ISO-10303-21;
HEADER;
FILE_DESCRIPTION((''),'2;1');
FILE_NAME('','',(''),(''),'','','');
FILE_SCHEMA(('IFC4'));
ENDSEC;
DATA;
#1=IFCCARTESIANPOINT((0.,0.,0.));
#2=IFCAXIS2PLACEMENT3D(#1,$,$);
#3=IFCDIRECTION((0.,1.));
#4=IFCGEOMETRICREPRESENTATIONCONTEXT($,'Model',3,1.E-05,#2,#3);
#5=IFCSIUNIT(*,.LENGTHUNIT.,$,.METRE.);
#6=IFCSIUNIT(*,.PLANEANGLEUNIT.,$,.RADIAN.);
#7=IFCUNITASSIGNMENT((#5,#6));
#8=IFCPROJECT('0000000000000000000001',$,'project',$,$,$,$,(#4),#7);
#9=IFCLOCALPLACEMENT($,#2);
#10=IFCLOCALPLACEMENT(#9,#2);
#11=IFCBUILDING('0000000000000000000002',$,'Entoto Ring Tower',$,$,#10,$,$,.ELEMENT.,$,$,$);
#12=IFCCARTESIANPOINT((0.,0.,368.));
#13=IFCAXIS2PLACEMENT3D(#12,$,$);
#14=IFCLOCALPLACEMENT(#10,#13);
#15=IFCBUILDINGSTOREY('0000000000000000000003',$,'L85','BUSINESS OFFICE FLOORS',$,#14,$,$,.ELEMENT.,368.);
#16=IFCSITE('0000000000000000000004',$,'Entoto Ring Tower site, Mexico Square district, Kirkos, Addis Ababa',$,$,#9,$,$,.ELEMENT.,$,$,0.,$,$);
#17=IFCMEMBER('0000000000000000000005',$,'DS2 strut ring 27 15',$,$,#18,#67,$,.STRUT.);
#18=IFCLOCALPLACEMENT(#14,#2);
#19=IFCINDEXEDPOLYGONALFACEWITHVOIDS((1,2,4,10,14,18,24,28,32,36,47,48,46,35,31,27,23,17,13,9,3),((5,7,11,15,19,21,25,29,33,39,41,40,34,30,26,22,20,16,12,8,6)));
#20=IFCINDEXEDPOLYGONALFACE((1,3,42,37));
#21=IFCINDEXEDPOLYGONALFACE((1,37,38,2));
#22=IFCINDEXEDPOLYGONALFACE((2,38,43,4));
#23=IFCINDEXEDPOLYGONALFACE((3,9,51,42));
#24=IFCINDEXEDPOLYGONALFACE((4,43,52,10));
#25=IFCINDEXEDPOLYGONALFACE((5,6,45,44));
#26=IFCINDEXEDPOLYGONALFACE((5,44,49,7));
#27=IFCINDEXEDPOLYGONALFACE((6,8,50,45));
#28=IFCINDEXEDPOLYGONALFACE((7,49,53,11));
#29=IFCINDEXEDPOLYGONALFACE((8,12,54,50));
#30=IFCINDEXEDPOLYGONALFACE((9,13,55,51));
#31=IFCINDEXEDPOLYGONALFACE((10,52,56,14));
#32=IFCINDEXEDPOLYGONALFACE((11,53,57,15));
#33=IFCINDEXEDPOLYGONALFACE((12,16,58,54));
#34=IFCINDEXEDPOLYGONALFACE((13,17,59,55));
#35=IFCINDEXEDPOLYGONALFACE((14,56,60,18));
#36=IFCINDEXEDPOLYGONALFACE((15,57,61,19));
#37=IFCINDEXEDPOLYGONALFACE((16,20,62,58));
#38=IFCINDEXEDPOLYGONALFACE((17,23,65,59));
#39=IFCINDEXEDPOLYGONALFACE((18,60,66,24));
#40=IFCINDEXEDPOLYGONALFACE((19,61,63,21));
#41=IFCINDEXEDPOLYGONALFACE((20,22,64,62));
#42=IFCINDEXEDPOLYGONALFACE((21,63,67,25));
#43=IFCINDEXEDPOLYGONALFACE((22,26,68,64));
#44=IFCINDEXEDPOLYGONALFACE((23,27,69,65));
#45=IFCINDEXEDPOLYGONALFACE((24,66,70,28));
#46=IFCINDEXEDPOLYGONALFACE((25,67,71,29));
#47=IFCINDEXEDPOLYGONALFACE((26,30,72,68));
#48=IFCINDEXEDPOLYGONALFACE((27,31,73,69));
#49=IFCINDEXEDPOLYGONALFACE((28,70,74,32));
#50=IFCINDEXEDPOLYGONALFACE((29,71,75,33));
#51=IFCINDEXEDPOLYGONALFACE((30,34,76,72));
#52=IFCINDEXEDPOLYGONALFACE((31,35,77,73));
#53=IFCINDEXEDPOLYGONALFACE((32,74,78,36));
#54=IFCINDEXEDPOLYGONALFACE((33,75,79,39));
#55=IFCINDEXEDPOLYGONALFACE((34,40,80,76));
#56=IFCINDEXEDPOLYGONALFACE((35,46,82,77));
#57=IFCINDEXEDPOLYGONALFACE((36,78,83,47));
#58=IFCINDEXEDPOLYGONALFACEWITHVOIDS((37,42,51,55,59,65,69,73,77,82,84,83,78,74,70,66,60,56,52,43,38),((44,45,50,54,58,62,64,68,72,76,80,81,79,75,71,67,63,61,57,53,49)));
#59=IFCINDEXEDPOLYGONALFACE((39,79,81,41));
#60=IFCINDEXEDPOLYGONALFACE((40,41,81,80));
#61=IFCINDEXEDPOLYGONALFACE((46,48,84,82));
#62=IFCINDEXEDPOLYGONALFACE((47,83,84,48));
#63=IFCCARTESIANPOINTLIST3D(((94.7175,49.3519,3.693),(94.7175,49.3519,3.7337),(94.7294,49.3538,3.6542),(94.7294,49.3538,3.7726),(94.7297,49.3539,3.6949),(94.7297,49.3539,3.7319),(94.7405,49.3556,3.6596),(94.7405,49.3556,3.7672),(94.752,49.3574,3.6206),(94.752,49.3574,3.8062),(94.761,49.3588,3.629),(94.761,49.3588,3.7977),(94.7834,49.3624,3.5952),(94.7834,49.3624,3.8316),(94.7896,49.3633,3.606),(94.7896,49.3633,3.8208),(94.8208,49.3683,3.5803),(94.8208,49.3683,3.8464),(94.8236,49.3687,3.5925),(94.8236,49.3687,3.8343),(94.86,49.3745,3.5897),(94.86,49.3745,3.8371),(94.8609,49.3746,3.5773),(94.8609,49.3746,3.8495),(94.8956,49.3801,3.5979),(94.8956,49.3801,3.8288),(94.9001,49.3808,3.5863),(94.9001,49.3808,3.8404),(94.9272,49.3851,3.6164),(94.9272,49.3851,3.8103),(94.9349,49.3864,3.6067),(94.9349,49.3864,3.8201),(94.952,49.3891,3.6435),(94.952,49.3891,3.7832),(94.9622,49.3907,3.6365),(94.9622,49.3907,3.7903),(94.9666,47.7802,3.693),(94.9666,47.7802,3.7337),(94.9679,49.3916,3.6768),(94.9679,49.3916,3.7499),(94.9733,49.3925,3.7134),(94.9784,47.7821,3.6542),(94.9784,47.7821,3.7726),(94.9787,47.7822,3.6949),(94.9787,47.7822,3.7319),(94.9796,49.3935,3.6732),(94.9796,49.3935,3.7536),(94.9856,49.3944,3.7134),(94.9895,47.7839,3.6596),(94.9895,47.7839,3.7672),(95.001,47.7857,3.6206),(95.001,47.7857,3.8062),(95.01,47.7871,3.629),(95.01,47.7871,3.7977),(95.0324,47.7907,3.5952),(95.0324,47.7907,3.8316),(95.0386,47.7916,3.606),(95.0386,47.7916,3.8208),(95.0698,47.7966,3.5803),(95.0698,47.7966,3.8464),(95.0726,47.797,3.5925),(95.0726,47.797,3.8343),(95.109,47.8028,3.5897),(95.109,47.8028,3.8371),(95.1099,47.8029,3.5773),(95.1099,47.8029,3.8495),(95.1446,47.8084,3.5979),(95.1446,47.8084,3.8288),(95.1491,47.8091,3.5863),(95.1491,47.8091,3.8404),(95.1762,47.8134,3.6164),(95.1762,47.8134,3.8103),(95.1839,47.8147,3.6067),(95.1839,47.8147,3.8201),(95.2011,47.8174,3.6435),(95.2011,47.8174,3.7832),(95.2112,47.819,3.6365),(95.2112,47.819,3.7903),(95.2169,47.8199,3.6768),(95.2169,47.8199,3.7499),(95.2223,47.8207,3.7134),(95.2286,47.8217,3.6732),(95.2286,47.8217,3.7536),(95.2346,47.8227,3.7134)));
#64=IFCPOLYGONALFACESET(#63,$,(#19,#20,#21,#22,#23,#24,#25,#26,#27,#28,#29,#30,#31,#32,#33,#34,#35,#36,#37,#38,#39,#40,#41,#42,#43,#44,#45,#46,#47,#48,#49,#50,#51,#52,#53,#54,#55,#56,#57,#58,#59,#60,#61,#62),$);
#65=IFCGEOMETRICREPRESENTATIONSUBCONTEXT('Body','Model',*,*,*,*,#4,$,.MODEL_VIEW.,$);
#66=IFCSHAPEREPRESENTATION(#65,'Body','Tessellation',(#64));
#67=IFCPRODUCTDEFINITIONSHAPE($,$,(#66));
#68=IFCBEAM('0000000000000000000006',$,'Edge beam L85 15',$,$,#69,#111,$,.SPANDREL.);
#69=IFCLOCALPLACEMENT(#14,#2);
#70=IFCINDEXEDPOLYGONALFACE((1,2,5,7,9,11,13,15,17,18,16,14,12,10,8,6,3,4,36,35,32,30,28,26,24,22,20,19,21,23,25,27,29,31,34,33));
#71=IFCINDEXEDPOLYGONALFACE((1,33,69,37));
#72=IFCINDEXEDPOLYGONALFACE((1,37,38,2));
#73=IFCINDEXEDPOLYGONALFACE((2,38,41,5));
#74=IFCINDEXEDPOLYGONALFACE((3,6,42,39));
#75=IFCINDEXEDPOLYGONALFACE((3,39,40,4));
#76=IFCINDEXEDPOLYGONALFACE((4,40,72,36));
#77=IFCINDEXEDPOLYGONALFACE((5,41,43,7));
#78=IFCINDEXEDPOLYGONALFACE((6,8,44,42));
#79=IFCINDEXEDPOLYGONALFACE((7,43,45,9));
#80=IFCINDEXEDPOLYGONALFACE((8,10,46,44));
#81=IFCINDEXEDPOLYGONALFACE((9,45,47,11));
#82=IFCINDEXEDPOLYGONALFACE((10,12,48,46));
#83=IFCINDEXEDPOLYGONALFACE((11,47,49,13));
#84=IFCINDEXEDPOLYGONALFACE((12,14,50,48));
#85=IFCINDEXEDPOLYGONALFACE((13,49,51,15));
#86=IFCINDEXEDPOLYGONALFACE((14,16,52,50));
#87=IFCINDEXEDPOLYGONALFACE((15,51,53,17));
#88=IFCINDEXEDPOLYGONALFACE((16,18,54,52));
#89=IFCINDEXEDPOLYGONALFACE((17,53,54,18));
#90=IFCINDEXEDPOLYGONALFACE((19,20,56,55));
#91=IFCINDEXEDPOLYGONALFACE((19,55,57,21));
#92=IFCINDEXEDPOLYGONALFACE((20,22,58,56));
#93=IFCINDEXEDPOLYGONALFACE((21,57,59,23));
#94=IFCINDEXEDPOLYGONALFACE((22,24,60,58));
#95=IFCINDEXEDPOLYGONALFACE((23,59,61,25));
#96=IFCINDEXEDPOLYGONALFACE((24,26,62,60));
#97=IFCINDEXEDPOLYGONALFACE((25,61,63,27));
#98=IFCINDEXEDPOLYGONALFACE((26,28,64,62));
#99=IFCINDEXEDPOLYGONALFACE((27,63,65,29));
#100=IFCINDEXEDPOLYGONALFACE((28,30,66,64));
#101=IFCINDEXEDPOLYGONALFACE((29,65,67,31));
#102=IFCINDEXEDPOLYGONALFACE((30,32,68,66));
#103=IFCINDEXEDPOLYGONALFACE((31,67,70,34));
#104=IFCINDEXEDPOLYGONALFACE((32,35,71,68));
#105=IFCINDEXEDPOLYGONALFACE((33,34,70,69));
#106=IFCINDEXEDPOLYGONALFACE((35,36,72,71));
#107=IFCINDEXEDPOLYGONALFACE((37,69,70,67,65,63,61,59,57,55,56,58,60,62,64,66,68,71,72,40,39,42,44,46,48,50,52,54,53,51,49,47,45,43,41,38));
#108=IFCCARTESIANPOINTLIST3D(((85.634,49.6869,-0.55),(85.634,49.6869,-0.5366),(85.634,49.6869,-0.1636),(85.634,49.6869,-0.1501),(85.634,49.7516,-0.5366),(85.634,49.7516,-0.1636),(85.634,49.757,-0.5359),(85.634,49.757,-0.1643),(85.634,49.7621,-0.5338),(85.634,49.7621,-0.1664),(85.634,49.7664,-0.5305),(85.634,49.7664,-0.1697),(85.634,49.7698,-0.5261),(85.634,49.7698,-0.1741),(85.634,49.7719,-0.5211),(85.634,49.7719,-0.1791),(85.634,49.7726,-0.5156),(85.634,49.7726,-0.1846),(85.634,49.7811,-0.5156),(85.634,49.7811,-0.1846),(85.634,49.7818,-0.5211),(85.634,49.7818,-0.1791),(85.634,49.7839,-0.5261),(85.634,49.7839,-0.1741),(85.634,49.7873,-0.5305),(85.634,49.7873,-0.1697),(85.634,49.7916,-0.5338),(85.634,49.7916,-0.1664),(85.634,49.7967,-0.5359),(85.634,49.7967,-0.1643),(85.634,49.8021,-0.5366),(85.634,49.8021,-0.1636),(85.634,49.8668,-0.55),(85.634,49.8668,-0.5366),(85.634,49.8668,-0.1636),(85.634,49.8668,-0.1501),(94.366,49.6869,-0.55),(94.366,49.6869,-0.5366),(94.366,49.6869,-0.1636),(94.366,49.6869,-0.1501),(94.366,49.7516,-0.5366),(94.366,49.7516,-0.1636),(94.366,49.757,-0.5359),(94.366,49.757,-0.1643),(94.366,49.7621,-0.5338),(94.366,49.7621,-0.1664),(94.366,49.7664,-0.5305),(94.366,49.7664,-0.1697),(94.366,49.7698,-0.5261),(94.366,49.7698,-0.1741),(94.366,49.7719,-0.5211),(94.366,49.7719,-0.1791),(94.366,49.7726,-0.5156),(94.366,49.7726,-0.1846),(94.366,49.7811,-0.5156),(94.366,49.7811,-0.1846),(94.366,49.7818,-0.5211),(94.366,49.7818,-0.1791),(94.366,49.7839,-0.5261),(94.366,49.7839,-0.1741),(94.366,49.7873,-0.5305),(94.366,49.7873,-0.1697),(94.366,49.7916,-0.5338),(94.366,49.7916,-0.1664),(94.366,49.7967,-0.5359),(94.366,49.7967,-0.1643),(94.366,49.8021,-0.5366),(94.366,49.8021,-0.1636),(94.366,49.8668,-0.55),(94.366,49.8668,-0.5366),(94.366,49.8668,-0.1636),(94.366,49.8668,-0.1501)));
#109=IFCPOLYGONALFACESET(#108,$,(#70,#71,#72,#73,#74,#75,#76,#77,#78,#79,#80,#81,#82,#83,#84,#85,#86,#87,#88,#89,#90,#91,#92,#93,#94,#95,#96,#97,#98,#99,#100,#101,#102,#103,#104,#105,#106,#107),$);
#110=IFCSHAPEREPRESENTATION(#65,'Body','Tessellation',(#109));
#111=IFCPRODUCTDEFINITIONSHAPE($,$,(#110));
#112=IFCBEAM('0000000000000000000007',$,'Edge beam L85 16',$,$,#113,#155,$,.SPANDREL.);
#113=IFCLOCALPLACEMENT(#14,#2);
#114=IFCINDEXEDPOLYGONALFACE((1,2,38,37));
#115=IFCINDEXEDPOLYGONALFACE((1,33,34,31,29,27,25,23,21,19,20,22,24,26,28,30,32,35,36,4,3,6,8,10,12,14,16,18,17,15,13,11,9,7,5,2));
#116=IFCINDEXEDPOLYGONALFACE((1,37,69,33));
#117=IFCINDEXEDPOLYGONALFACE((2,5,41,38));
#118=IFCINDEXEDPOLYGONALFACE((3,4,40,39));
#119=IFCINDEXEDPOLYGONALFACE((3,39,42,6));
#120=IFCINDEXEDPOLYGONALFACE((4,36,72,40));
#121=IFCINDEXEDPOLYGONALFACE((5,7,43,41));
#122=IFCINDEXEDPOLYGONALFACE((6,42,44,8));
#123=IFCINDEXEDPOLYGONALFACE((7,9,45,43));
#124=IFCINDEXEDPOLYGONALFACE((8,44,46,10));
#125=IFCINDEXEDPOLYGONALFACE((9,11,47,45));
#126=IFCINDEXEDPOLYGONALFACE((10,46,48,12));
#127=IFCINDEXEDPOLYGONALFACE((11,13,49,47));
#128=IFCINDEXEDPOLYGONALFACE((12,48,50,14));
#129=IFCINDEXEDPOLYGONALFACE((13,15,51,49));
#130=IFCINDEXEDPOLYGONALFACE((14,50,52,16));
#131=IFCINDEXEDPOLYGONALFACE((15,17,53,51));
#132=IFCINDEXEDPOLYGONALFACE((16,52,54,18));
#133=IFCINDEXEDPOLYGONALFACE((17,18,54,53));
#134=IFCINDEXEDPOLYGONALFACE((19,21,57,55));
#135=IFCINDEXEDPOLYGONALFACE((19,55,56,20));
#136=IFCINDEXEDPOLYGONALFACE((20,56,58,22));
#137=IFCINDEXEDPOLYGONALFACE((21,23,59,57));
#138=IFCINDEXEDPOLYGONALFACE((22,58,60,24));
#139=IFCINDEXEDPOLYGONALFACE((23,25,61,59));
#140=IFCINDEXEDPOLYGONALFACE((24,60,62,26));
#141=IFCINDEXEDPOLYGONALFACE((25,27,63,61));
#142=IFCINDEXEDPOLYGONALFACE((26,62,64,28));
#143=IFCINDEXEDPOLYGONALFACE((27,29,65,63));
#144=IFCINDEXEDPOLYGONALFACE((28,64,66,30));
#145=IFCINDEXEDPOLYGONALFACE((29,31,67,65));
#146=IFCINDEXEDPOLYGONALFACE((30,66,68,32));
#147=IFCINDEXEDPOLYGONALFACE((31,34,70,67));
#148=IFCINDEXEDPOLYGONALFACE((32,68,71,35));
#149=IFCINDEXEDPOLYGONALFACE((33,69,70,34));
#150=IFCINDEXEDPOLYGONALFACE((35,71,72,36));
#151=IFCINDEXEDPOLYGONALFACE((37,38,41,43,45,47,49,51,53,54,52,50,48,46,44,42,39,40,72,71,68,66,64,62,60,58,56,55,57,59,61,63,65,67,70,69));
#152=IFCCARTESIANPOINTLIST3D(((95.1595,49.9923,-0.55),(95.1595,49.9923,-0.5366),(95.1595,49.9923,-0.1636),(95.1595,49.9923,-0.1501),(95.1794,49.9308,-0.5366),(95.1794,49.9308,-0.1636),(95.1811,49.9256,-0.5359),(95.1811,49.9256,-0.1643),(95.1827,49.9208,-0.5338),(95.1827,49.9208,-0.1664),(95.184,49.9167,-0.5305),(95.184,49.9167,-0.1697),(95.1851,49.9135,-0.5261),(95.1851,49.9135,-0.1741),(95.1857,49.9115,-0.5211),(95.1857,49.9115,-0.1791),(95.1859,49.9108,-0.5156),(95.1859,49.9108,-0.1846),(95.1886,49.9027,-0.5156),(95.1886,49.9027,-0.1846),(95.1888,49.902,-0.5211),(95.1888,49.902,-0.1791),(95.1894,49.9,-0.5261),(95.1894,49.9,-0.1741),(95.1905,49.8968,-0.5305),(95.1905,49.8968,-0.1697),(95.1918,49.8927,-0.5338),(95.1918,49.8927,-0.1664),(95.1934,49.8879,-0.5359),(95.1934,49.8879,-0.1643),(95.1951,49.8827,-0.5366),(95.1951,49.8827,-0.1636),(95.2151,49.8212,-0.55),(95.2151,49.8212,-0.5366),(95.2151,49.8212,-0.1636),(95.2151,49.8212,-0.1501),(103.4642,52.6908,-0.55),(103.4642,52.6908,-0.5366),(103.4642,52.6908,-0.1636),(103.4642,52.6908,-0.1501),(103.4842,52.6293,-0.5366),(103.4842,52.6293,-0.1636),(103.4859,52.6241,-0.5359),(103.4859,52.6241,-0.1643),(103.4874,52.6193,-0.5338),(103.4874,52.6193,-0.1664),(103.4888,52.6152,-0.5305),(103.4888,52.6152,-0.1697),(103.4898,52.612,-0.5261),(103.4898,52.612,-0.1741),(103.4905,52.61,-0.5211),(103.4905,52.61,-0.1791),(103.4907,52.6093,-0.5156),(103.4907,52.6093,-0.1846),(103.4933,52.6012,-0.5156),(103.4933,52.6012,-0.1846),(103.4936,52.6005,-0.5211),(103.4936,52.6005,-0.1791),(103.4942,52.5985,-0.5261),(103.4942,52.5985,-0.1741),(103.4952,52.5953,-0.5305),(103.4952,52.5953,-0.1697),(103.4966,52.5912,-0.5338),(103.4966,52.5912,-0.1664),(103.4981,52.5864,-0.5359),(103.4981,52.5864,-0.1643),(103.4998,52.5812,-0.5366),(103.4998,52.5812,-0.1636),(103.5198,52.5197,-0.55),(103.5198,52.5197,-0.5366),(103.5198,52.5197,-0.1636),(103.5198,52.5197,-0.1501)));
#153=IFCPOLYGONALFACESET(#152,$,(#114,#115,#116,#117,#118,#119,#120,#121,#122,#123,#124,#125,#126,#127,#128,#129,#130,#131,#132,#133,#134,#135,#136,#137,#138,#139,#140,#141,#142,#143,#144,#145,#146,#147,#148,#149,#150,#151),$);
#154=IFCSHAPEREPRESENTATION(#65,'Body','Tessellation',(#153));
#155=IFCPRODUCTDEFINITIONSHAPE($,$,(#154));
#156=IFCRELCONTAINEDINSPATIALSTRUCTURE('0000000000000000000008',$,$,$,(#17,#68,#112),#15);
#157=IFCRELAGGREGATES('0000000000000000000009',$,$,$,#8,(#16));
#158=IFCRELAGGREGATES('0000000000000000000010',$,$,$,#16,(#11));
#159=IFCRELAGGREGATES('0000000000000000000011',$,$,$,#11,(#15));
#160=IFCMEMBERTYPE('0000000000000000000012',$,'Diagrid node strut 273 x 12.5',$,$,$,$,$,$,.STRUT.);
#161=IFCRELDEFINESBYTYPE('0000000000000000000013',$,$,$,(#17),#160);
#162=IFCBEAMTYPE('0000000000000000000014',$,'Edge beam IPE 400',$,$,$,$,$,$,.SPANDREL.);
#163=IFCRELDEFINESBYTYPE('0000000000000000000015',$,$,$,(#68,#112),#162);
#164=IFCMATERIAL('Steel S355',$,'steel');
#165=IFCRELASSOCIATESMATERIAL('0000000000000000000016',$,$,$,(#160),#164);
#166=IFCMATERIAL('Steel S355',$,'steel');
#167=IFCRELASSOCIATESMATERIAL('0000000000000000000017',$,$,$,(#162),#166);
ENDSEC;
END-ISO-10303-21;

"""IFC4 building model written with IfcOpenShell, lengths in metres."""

from ifc_helpers import new_model, si_unit, direction, frame, origin, origin_2d, place, context, subcontext, project, spatial, circle, hollow_circle, i_section, extrude, material, material_profile, profile_set, type_object, element, save


model = new_model("IFC4")

# Units and contexts
model_context = context("Model", 3, precision=1e-05, world=origin(), true_north=direction((0.0, 1.0)))
body_context = subcontext(model_context, "Body", "Model", "MODEL_VIEW")
ifc_project = project(units=[si_unit("LENGTHUNIT", "METRE"), si_unit("PLANEANGLEUNIT", "RADIAN")], contexts=[model_context])

# Site, building, storey
site_placement = place(None, origin())
site = spatial("IfcSite", under=ifc_project, at=site_placement, Name="Entoto Ring Tower site, Mexico Square district, Kirkos, Addis Ababa", CompositionType="ELEMENT", RefElevation=0.0)
building_placement = place(site_placement, origin())
building = spatial("IfcBuilding", under=site, at=building_placement, Name="Entoto Ring Tower", CompositionType="ELEMENT")
storey_placement = place(building_placement, frame((0.0, 0.0, 368.0)))
storey = spatial("IfcBuildingStorey", under=building, at=storey_placement, Name="L85", Description="BUSINESS OFFICE FLOORS", CompositionType="ELEMENT", Elevation=368.0)

# Member
ifc_material_1 = material(Name="Steel S355", Category="steel")
ifc_material_profile_1 = material_profile(ifc_material_1, hollow_circle(Radius=0.1365, WallThickness=0.0125, at=origin_2d()), Name="CHS 273 x 12.5")
ifc_material_2 = material(Name="Concrete C60/75", Category="concrete")
ifc_material_profile_2 = material_profile(ifc_material_2, circle(Radius=0.124, at=origin_2d()), Name="Concrete C60/75 infill")
ifc_profile_set_1 = profile_set([ifc_material_profile_1, ifc_material_profile_2], Name="Steel S355")
member_type = type_object("IfcMemberType", Name="Diagrid node strut 273 x 12.5", PredefinedType="STRUT", material=ifc_profile_set_1)
member_placement = place(storey_placement, frame((94.8508, 49.373, 3.7134), z_axis=(0.156483, -0.987681, 0.0), x_axis=(0.987681, 0.156483, 0.0)))
element("IfcMember", 1, at=member_placement, inside=storey, type_object=member_type, Name="DS2 strut ring 27 15", PredefinedType="STRUT", context=body_context, shape_type="SweptSolid", body=[
    extrude(hollow_circle(Radius=0.1365, WallThickness=0.0125, at=origin_2d()), origin(), (0.0, 0.0, 1.0), 1.5913),
])

# Beams
ifc_material_3 = material(Name="Steel S355", Category="steel")
ifc_material_profile_3 = material_profile(ifc_material_3, i_section(OverallWidth=0.1799, OverallDepth=0.3999, WebThickness=0.0085, FlangeThickness=0.0134, FilletRadius=0.021, at=origin_2d()), Name="IPE 400")
ifc_profile_set_2 = profile_set([ifc_material_profile_3], Name="Steel S355")
beam_type_1 = type_object("IfcBeamType", Name="Edge beam IPE 400", PredefinedType="SPANDREL", material=ifc_profile_set_2)
beam_1_placement = place(storey_placement, frame((85.634, 49.7769, -0.3501), z_axis=(1.0, 0.0, 0.0), x_axis=(0.0, 1.0, 0.0)))
element("IfcBeam", 2, at=beam_1_placement, inside=storey, type_object=beam_type_1, Name="Edge beam L85 15", PredefinedType="SPANDREL", context=body_context, shape_type="SweptSolid", body=[
    extrude(i_section(OverallWidth=0.1799, OverallDepth=0.3999, WebThickness=0.0085, FlangeThickness=0.0134, FilletRadius=0.021, at=origin_2d()), origin(), (0.0, 0.0, 1.0), 8.7319),
])
beam_2_placement = place(storey_placement, frame((95.1873, 49.9067, -0.3501), z_axis=(0.951052, 0.30903, 0.0), x_axis=(-0.30903, 0.951052, 0.0)))
element("IfcBeam", 3, at=beam_2_placement, inside=storey, type_object=beam_type_1, Name="Edge beam L85 16", PredefinedType="SPANDREL", context=body_context, shape_type="SweptSolid", body=[
    extrude(i_section(OverallWidth=0.1799, OverallDepth=0.3999, WebThickness=0.0085, FlangeThickness=0.0134, FilletRadius=0.021, at=origin_2d()), origin(), (0.0, 0.0, 1.0), 8.7322),
])

save(model, "model.ifc")
